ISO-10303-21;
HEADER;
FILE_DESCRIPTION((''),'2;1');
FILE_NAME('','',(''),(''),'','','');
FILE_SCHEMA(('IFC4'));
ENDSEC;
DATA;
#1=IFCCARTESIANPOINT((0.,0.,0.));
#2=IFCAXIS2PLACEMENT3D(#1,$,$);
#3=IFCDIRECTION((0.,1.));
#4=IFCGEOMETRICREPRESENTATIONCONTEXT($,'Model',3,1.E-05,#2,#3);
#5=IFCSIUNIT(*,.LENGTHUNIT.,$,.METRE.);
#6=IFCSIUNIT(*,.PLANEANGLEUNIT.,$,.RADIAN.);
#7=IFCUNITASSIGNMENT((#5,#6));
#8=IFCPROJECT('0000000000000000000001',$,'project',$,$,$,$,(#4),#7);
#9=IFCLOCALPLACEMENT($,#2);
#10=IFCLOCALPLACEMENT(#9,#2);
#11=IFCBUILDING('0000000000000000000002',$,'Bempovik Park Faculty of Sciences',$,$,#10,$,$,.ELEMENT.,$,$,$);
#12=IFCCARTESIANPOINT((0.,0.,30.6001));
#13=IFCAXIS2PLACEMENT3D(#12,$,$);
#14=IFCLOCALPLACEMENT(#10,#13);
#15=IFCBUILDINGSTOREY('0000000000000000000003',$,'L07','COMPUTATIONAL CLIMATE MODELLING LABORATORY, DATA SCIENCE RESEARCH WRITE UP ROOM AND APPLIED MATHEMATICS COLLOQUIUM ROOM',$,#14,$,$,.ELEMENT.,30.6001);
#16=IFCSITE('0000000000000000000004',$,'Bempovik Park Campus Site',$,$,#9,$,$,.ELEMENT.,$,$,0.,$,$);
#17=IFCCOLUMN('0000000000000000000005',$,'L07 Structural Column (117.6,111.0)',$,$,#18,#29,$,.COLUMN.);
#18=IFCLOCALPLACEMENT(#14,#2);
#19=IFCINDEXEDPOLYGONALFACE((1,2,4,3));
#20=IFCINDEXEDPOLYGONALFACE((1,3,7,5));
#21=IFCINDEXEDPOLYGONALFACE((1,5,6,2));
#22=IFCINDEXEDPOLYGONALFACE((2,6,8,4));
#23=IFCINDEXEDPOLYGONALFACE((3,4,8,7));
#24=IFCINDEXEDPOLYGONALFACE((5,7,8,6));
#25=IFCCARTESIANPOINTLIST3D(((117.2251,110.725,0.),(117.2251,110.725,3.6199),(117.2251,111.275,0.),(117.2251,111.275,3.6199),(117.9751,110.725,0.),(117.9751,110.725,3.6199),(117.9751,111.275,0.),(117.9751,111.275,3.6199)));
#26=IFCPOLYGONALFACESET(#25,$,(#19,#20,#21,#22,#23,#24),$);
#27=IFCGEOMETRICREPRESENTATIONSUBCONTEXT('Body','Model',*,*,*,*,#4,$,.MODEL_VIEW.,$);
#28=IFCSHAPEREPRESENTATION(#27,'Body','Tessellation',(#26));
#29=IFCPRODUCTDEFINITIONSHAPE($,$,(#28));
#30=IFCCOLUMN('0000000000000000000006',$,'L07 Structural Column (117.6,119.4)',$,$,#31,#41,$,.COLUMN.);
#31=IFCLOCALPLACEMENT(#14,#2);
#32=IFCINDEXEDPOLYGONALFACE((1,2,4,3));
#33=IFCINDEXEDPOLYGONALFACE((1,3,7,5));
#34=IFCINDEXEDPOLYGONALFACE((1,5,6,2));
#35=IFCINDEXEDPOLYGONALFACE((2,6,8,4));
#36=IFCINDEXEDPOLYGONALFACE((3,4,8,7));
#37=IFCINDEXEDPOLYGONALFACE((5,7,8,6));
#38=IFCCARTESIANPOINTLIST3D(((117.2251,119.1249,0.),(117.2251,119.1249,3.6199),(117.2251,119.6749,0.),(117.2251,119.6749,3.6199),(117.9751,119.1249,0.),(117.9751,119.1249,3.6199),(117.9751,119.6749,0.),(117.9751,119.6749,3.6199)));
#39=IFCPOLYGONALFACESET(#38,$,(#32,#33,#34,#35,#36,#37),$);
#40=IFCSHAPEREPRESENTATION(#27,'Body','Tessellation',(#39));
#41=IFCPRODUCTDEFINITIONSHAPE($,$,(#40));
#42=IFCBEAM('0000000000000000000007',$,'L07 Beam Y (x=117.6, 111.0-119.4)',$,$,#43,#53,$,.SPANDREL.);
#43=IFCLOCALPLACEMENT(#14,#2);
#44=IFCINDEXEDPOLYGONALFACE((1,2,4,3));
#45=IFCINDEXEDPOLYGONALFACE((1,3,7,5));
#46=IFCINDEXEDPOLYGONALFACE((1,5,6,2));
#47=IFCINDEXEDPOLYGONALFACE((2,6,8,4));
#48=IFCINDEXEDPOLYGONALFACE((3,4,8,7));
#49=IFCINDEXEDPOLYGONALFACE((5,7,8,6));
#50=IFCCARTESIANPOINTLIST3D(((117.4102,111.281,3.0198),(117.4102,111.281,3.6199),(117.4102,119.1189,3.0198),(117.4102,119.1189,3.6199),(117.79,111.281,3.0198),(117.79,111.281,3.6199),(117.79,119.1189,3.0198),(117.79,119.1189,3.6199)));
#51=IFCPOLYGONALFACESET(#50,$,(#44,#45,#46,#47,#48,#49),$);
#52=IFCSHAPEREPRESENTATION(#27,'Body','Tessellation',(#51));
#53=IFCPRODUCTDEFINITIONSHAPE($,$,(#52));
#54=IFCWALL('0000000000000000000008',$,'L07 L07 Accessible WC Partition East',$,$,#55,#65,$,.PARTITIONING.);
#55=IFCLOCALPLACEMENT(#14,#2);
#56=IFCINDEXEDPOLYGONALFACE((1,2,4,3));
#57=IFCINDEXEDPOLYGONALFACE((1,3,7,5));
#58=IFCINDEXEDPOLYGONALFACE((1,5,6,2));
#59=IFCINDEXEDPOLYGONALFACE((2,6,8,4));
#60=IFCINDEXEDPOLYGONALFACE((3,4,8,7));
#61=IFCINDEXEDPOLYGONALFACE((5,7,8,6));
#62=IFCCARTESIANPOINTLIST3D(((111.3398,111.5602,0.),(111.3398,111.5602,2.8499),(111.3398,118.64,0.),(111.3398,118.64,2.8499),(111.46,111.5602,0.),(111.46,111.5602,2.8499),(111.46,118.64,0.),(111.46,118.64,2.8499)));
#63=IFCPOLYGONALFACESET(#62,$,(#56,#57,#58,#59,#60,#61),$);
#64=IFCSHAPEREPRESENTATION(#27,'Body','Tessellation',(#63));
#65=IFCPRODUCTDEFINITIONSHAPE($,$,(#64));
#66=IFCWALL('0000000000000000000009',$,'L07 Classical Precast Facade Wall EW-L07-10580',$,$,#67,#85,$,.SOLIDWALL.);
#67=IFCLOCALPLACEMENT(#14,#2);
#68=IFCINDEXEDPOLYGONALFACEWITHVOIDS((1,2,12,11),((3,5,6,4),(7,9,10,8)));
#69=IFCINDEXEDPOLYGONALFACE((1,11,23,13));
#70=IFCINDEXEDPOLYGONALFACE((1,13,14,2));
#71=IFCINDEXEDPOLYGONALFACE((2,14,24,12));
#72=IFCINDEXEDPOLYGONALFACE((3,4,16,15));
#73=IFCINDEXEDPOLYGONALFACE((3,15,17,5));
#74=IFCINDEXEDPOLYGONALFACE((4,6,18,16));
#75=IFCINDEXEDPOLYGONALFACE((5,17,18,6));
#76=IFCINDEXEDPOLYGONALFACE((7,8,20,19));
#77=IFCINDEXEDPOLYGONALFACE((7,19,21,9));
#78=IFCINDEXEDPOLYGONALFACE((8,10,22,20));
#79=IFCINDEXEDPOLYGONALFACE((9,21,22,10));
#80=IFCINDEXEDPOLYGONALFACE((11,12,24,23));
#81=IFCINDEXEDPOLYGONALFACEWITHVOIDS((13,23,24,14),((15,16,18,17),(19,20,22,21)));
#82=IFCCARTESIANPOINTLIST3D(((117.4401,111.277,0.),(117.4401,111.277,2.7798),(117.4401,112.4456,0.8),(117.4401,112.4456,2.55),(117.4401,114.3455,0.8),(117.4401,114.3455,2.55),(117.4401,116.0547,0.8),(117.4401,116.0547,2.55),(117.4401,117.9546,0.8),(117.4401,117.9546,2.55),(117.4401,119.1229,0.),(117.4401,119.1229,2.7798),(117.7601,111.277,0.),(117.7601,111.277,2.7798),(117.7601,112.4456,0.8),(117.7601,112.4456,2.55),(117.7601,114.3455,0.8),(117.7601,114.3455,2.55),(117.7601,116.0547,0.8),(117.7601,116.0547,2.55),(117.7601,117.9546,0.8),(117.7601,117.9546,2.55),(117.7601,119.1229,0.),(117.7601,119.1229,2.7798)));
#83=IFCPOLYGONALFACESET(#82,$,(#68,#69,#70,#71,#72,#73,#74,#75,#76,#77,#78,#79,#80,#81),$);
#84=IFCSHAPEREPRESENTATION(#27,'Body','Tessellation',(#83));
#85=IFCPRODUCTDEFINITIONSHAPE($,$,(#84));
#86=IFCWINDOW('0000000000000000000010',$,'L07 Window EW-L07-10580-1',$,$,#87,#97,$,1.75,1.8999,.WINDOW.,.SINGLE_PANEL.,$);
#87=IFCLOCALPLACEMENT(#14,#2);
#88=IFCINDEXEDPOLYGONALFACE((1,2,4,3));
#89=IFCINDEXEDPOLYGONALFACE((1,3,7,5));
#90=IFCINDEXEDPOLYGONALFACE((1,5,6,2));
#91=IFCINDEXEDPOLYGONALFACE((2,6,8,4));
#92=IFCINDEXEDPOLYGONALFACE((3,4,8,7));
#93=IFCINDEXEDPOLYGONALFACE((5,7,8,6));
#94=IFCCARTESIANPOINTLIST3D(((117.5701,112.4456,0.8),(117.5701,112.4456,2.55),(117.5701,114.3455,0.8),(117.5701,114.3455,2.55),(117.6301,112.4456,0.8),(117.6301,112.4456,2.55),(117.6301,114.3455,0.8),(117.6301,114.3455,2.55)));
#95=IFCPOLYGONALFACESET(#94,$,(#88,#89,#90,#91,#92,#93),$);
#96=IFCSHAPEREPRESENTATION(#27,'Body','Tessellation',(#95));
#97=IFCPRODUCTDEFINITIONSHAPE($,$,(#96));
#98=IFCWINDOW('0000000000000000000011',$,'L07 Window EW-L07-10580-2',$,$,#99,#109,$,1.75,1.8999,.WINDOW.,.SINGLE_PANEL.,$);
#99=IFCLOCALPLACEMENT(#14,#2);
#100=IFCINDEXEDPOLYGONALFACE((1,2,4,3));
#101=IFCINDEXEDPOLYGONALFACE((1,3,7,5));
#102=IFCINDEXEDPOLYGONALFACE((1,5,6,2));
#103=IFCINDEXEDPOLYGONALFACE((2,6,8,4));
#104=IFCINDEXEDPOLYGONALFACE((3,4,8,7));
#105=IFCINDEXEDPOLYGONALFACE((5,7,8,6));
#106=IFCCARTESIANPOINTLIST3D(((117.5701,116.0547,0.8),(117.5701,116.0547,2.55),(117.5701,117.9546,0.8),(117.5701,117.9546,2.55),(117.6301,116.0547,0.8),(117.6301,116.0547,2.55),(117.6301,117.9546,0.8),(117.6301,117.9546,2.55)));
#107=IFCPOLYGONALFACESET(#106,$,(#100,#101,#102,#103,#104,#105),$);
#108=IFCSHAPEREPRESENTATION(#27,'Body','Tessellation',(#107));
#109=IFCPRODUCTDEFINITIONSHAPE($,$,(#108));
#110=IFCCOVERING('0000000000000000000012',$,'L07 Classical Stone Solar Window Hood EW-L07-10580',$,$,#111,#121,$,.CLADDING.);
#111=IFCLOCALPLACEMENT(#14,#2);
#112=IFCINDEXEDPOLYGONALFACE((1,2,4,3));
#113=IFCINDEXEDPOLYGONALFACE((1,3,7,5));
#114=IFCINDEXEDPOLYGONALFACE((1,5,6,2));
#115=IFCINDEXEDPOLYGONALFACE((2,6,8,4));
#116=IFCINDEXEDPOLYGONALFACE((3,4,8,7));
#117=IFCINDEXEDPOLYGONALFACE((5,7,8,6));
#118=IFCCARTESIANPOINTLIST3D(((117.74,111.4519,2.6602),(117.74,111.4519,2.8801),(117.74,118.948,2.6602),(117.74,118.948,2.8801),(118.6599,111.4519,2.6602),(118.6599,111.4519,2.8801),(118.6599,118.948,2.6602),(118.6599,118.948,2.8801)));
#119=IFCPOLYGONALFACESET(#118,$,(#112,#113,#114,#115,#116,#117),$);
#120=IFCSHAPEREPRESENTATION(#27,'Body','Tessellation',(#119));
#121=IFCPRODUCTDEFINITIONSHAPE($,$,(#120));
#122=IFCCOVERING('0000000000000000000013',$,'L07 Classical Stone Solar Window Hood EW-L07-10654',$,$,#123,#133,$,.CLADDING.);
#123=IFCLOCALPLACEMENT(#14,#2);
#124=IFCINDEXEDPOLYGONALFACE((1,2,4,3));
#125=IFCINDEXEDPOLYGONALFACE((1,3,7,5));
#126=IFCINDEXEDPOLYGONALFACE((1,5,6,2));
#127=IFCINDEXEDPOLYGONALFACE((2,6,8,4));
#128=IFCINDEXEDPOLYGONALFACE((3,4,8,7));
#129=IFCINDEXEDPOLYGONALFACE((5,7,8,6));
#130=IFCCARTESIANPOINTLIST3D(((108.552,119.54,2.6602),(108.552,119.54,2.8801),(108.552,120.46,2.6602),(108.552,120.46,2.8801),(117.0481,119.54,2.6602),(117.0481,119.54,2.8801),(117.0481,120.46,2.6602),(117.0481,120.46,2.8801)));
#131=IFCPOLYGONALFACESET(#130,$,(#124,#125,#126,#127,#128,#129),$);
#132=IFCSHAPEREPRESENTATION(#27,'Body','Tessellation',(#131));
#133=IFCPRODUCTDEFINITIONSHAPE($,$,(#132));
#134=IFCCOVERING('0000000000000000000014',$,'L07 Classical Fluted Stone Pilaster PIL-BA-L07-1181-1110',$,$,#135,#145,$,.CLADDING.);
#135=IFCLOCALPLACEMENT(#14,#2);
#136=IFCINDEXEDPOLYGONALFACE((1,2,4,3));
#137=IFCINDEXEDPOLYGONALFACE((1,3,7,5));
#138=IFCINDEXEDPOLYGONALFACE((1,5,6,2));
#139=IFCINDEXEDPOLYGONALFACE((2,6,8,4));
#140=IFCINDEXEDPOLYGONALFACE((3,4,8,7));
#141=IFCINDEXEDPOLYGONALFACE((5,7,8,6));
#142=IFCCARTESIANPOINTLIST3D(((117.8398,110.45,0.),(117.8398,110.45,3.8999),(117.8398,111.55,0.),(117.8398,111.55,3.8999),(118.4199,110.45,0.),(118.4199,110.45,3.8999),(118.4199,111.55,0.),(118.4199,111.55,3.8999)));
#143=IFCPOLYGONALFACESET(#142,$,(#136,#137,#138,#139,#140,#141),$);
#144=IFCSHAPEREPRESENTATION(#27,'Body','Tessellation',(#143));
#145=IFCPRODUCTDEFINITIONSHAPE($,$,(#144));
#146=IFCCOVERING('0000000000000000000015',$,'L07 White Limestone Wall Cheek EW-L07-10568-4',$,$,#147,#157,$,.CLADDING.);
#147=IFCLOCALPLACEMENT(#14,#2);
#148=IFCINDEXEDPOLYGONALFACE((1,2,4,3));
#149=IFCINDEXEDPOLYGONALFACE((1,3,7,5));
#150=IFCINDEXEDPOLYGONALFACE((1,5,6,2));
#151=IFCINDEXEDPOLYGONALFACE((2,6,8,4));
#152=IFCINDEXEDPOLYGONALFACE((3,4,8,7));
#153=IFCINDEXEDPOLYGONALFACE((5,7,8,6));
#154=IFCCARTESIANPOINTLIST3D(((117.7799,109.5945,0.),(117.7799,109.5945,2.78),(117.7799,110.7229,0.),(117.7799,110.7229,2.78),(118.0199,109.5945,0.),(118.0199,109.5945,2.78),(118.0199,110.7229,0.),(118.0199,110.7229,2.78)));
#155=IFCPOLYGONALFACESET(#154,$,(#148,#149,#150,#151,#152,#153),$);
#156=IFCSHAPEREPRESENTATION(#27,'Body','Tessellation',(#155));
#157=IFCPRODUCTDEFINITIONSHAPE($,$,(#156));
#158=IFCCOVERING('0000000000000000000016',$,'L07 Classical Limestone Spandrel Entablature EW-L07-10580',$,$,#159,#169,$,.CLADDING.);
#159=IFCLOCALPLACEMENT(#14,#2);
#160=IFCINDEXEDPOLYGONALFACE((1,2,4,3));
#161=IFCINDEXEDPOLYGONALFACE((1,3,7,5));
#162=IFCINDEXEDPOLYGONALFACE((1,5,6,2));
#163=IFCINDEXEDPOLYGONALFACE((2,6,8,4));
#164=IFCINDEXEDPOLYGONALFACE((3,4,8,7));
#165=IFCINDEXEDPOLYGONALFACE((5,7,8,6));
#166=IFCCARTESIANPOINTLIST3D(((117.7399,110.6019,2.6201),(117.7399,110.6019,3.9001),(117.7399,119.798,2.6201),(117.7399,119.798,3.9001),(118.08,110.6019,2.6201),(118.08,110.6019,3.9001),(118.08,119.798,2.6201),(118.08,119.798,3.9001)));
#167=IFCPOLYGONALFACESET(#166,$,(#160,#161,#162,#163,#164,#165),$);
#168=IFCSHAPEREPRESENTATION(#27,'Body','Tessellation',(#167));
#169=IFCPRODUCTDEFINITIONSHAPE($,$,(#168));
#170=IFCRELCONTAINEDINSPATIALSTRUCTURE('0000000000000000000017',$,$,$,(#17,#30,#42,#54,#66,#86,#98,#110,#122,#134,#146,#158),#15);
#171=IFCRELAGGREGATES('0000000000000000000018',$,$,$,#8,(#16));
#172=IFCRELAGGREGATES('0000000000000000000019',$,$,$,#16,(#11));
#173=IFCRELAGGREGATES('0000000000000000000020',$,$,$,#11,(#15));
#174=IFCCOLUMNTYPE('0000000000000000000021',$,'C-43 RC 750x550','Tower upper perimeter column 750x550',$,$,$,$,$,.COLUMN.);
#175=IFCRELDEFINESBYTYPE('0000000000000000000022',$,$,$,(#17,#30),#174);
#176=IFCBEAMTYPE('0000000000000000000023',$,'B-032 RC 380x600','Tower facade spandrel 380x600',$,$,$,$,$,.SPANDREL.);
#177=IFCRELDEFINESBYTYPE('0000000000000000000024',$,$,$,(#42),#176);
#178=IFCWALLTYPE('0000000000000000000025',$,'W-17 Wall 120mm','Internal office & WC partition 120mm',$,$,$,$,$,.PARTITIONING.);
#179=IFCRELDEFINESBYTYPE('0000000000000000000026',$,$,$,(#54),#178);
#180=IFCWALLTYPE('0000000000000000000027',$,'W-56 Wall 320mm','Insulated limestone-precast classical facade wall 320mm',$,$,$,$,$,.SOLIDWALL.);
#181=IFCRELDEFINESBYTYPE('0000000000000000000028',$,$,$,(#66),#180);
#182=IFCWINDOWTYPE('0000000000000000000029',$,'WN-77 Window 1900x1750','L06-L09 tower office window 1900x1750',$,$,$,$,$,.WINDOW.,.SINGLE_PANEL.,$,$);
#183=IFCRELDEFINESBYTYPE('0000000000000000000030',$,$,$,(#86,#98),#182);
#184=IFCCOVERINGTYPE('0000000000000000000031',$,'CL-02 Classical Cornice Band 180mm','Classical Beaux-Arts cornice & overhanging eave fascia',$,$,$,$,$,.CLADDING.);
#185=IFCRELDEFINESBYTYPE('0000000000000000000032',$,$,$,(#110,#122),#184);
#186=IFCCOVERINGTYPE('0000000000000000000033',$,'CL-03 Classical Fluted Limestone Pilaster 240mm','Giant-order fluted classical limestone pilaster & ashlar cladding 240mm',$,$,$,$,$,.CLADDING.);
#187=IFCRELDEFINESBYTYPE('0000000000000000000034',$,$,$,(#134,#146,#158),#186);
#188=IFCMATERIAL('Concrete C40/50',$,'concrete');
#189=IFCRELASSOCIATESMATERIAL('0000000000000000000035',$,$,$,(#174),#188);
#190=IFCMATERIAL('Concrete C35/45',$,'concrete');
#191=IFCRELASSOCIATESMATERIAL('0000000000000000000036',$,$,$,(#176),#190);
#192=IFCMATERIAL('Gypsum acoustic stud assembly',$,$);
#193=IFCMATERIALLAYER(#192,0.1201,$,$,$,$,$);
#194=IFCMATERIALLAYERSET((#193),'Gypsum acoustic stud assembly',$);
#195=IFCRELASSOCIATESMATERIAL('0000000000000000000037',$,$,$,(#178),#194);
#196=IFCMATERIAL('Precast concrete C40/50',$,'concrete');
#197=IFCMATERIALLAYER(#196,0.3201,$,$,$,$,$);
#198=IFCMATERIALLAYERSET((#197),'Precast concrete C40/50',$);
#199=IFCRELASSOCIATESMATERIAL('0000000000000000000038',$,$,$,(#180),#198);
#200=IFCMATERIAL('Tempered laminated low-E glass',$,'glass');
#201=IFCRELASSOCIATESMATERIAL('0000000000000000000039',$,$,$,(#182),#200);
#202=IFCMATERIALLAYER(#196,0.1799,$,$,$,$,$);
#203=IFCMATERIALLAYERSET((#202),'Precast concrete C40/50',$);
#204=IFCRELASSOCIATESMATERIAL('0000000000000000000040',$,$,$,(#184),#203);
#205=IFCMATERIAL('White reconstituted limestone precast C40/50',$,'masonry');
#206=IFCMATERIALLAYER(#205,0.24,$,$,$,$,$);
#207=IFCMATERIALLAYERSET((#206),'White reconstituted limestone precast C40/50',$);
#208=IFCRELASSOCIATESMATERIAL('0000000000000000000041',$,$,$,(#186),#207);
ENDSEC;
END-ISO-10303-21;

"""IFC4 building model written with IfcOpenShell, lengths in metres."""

from ifc_helpers import new_model, si_unit, direction, frame, frame_2d, origin, origin_2d, place, context, subcontext, project, spatial, rectangle, extrude, material, layer, layer_set, material_profile, profile_set, type_object, element, fill, save


model = new_model("IFC4")

# Units and contexts
model_context = context("Model", 3, precision=1e-05, world=origin(), true_north=direction((0.0, 1.0)))
body_context = subcontext(model_context, "Body", "Model", "MODEL_VIEW")
ifc_project = project(units=[si_unit("LENGTHUNIT", "METRE"), si_unit("PLANEANGLEUNIT", "RADIAN")], contexts=[model_context])

# Site, building, storey
site_placement = place(None, origin())
site = spatial("IfcSite", under=ifc_project, at=site_placement, Name="Bempovik Park Campus Site", CompositionType="ELEMENT", RefElevation=0.0)
building_placement = place(site_placement, origin())
building = spatial("IfcBuilding", under=site, at=building_placement, Name="Bempovik Park Faculty of Sciences", CompositionType="ELEMENT")
storey_placement = place(building_placement, frame((0.0, 0.0, 30.6001)))
storey = spatial("IfcBuildingStorey", under=building, at=storey_placement, Name="L07", Description="COMPUTATIONAL CLIMATE MODELLING LABORATORY, DATA SCIENCE RESEARCH WRITE UP ROOM AND APPLIED MATHEMATICS COLLOQUIUM ROOM", CompositionType="ELEMENT", Elevation=30.6001)

# Columns
ifc_material_1 = material(Name="Concrete C40/50", Category="concrete")
ifc_material_profile_1 = material_profile(ifc_material_1, rectangle(XDim=0.75, YDim=0.55, at=origin_2d()), Name="RC 750x550")
ifc_profile_set_1 = profile_set([ifc_material_profile_1], Name="Concrete C40/50")
column_type = type_object("IfcColumnType", Name="C-43 RC 750x550", Description="Tower upper perimeter column 750x550", PredefinedType="COLUMN", material=ifc_profile_set_1)
for number, where, z_axis, x_axis, name in (
    (1, (117.6001, 111.0, 0.0), (0.0, 0.0, 1.0), (1.0, 0.0, 0.0), "L07 Structural Column (117.6,111.0)"),
    (2, (117.6001, 119.3999, 0.0), (0.0, 0.0, 1.0), (1.0, 0.0, 0.0), "L07 Structural Column (117.6,119.4)"),
):
    element("IfcColumn", number, at=place(storey_placement, frame(where, z_axis=z_axis, x_axis=x_axis)), inside=storey, type_object=column_type, Name=name, PredefinedType="COLUMN", context=body_context, shape_type="SweptSolid", body=[
        extrude(rectangle(XDim=0.75, YDim=0.55, at=origin_2d()), origin(), (0.0, 0.0, 1.0), 3.6199),
    ])

# Beam
ifc_material_2 = material(Name="Concrete C35/45", Category="concrete")
ifc_material_profile_2 = material_profile(ifc_material_2, rectangle(XDim=0.3799, YDim=0.6001, at=origin_2d()), Name="RC 380x600")
ifc_profile_set_2 = profile_set([ifc_material_profile_2], Name="Concrete C35/45")
beam_type = type_object("IfcBeamType", Name="B-032 RC 380x600", Description="Tower facade spandrel 380x600", PredefinedType="SPANDREL", material=ifc_profile_set_2)
beam_placement = place(storey_placement, frame((117.6001, 111.281, 3.3198), z_axis=(0.0, 1.0, 0.0), x_axis=(-1.0, 0.0, 0.0)))
element("IfcBeam", 3, at=beam_placement, inside=storey, type_object=beam_type, Name="L07 Beam Y (x=117.6, 111.0-119.4)", PredefinedType="SPANDREL", context=body_context, shape_type="SweptSolid", body=[
    extrude(rectangle(XDim=0.3799, YDim=0.6001, at=origin_2d()), origin(), (0.0, 0.0, 1.0), 7.8379),
])

# Wall
ifc_material_3 = material(Name="Gypsum acoustic stud assembly")
ifc_layer_1 = layer(ifc_material_3, 0.1201)
ifc_layer_set_1 = layer_set([ifc_layer_1], Name="Gypsum acoustic stud assembly")
wall_type_1 = type_object("IfcWallType", Name="W-17 Wall 120mm", Description="Internal office & WC partition 120mm", PredefinedType="PARTITIONING", material=ifc_layer_set_1)
wall_1_placement = place(storey_placement, frame((111.3999, 111.5601, 0.0), z_axis=(0.0, 0.0, 1.0), x_axis=(0.0, 1.0, 0.0)))
element("IfcWall", 4, at=wall_1_placement, inside=storey, type_object=wall_type_1, Name="L07 L07 Accessible WC Partition East", PredefinedType="PARTITIONING", context=body_context, shape_type="SweptSolid", body=[
    extrude(rectangle(XDim=7.0798, YDim=0.1201, at=frame_2d((3.54, 0.0))), origin(), (0.0, 0.0, 1.0), 2.8499),
])

# Wall, openings, windows
ifc_material_4 = material(Name="Precast concrete C40/50", Category="concrete")
ifc_layer_2 = layer(ifc_material_4, 0.3201)
ifc_layer_set_2 = layer_set([ifc_layer_2], Name="Precast concrete C40/50")
wall_type_2 = type_object("IfcWallType", Name="W-56 Wall 320mm", Description="Insulated limestone-precast classical facade wall 320mm", PredefinedType="SOLIDWALL", material=ifc_layer_set_2)
wall_2_placement = place(storey_placement, frame((117.6001, 111.2771, 0.0), z_axis=(0.0, 0.0, 1.0), x_axis=(0.0, 1.0, 0.0)))
wall_2 = element("IfcWall", 5, at=wall_2_placement, inside=storey, type_object=wall_type_2, Name="L07 Classical Precast Facade Wall EW-L07-10580", PredefinedType="SOLIDWALL", context=body_context, shape_type="SweptSolid", body=[
    extrude(rectangle(XDim=7.8459, YDim=0.3201, at=frame_2d((3.9229, 0.0))), origin(), (0.0, 0.0, 1.0), 2.7798),
])
opening_1_placement = place(wall_2_placement, frame((1.1685, 0.0, 0.8)))
opening_1 = element("IfcOpeningElement", 6, at=opening_1_placement, cuts=wall_2, PredefinedType="OPENING", context=body_context, shape_type="SweptSolid", body=[
    extrude(rectangle(XDim=1.8999, YDim=1.75, at=frame_2d((0.95, 0.875))), frame((0.0, 0.1699, 0.0), z_axis=(0.0, -1.0, 0.0), x_axis=(1.0, 0.0, 0.0)), (0.0, 0.0, 1.0), 0.3401),
])
opening_2_placement = place(wall_2_placement, frame((4.7776, 0.0, 0.8)))
opening_2 = element("IfcOpeningElement", 7, at=opening_2_placement, cuts=wall_2, PredefinedType="OPENING", context=body_context, shape_type="SweptSolid", body=[
    extrude(rectangle(XDim=1.8999, YDim=1.75, at=frame_2d((0.95, 0.875))), frame((0.0, 0.1699, 0.0), z_axis=(0.0, -1.0, 0.0), x_axis=(1.0, 0.0, 0.0)), (0.0, 0.0, 1.0), 0.3401),
])
ifc_material_5 = material(Name="Tempered laminated low-E glass", Category="glass")
window_type = type_object("IfcWindowType", Name="WN-77 Window 1900x1750", Description="L06-L09 tower office window 1900x1750", PartitioningType="SINGLE_PANEL", PredefinedType="WINDOW", material=ifc_material_5)
window_1_placement = place(opening_1_placement, origin())
window_1 = element("IfcWindow", 8, at=window_1_placement, inside=storey, type_object=window_type, Name="L07 Window EW-L07-10580-1", OverallHeight=1.75, OverallWidth=1.8999, PartitioningType="SINGLE_PANEL", PredefinedType="WINDOW", context=body_context, shape_type="SweptSolid", body=[
    extrude(rectangle(XDim=1.8999, YDim=1.75, at=frame_2d((0.95, 0.875))), frame((0.0, 0.03, 0.0), z_axis=(0.0, -1.0, 0.0), x_axis=(1.0, 0.0, 0.0)), (0.0, 0.0, 1.0), 0.0601),
])
fill(opening_1, window_1)
window_2_placement = place(opening_2_placement, origin())
window_2 = element("IfcWindow", 9, at=window_2_placement, inside=storey, type_object=window_type, Name="L07 Window EW-L07-10580-2", OverallHeight=1.75, OverallWidth=1.8999, PartitioningType="SINGLE_PANEL", PredefinedType="WINDOW", context=body_context, shape_type="SweptSolid", body=[
    extrude(rectangle(XDim=1.8999, YDim=1.75, at=frame_2d((0.95, 0.875))), frame((0.0, 0.03, 0.0), z_axis=(0.0, -1.0, 0.0), x_axis=(1.0, 0.0, 0.0)), (0.0, 0.0, 1.0), 0.0601),
])
fill(opening_2, window_2)

# Coverings
ifc_layer_3 = layer(ifc_material_4, 0.1799)
ifc_layer_set_3 = layer_set([ifc_layer_3], Name="Precast concrete C40/50")
covering_type_1 = type_object("IfcCoveringType", Name="CL-02 Classical Cornice Band 180mm", Description="Classical Beaux-Arts cornice & overhanging eave fascia", PredefinedType="CLADDING", material=ifc_layer_set_3)
covering_1_placement = place(storey_placement, frame((118.2, 115.2, 2.6602), z_axis=(0.0, 0.0, 1.0), x_axis=(1.0, 0.0, 0.0)))
element("IfcCovering", 10, at=covering_1_placement, inside=storey, type_object=covering_type_1, Name="L07 Classical Stone Solar Window Hood EW-L07-10580", PredefinedType="CLADDING", context=body_context, shape_type="SweptSolid", body=[
    extrude(rectangle(XDim=0.9199, YDim=7.4961, at=origin_2d()), origin(), (0.0, 0.0, 1.0), 0.22),
])
covering_2_placement = place(storey_placement, frame((112.8, 120.0, 2.6602), z_axis=(0.0, 0.0, 1.0), x_axis=(1.0, 0.0, 0.0)))
element("IfcCovering", 11, at=covering_2_placement, inside=storey, type_object=covering_type_1, Name="L07 Classical Stone Solar Window Hood EW-L07-10654", PredefinedType="CLADDING", context=body_context, shape_type="SweptSolid", body=[
    extrude(rectangle(XDim=8.4961, YDim=0.9199, at=origin_2d()), origin(), (0.0, 0.0, 1.0), 0.22),
])
ifc_material_6 = material(Name="White reconstituted limestone precast C40/50", Category="masonry")
ifc_layer_4 = layer(ifc_material_6, 0.24)
ifc_layer_set_4 = layer_set([ifc_layer_4], Name="White reconstituted limestone precast C40/50")
covering_type_2 = type_object("IfcCoveringType", Name="CL-03 Classical Fluted Limestone Pilaster 240mm", Description="Giant-order fluted classical limestone pilaster & ashlar cladding 240mm", PredefinedType="CLADDING", material=ifc_layer_set_4)
covering_3_placement = place(storey_placement, frame((118.1299, 111.0, 0.0), z_axis=(0.0, 0.0, 1.0), x_axis=(1.0, 0.0, 0.0)))
element("IfcCovering", 12, at=covering_3_placement, inside=storey, type_object=covering_type_2, Name="L07 Classical Fluted Stone Pilaster PIL-BA-L07-1181-1110", PredefinedType="CLADDING", context=body_context, shape_type="SweptSolid", body=[
    extrude(rectangle(XDim=0.5801, YDim=1.1001, at=origin_2d()), origin(), (0.0, 0.0, 1.0), 3.8999),
])
covering_4_placement = place(storey_placement, frame((117.8999, 110.1587, 0.0), z_axis=(0.0, 0.0, 1.0), x_axis=(1.0, 0.0, 0.0)))
element("IfcCovering", 13, at=covering_4_placement, inside=storey, type_object=covering_type_2, Name="L07 White Limestone Wall Cheek EW-L07-10568-4", PredefinedType="CLADDING", context=body_context, shape_type="SweptSolid", body=[
    extrude(rectangle(XDim=0.24, YDim=1.1284, at=origin_2d()), origin(), (0.0, 0.0, 1.0), 2.78),
])
covering_5_placement = place(storey_placement, frame((117.9099, 115.2, 2.6201), z_axis=(0.0, 0.0, 1.0), x_axis=(1.0, 0.0, 0.0)))
element("IfcCovering", 14, at=covering_5_placement, inside=storey, type_object=covering_type_2, Name="L07 Classical Limestone Spandrel Entablature EW-L07-10580", PredefinedType="CLADDING", context=body_context, shape_type="SweptSolid", body=[
    extrude(rectangle(XDim=0.3401, YDim=9.196, at=origin_2d()), origin(), (0.0, 0.0, 1.0), 1.28),
])

save(model, "model.ifc")
